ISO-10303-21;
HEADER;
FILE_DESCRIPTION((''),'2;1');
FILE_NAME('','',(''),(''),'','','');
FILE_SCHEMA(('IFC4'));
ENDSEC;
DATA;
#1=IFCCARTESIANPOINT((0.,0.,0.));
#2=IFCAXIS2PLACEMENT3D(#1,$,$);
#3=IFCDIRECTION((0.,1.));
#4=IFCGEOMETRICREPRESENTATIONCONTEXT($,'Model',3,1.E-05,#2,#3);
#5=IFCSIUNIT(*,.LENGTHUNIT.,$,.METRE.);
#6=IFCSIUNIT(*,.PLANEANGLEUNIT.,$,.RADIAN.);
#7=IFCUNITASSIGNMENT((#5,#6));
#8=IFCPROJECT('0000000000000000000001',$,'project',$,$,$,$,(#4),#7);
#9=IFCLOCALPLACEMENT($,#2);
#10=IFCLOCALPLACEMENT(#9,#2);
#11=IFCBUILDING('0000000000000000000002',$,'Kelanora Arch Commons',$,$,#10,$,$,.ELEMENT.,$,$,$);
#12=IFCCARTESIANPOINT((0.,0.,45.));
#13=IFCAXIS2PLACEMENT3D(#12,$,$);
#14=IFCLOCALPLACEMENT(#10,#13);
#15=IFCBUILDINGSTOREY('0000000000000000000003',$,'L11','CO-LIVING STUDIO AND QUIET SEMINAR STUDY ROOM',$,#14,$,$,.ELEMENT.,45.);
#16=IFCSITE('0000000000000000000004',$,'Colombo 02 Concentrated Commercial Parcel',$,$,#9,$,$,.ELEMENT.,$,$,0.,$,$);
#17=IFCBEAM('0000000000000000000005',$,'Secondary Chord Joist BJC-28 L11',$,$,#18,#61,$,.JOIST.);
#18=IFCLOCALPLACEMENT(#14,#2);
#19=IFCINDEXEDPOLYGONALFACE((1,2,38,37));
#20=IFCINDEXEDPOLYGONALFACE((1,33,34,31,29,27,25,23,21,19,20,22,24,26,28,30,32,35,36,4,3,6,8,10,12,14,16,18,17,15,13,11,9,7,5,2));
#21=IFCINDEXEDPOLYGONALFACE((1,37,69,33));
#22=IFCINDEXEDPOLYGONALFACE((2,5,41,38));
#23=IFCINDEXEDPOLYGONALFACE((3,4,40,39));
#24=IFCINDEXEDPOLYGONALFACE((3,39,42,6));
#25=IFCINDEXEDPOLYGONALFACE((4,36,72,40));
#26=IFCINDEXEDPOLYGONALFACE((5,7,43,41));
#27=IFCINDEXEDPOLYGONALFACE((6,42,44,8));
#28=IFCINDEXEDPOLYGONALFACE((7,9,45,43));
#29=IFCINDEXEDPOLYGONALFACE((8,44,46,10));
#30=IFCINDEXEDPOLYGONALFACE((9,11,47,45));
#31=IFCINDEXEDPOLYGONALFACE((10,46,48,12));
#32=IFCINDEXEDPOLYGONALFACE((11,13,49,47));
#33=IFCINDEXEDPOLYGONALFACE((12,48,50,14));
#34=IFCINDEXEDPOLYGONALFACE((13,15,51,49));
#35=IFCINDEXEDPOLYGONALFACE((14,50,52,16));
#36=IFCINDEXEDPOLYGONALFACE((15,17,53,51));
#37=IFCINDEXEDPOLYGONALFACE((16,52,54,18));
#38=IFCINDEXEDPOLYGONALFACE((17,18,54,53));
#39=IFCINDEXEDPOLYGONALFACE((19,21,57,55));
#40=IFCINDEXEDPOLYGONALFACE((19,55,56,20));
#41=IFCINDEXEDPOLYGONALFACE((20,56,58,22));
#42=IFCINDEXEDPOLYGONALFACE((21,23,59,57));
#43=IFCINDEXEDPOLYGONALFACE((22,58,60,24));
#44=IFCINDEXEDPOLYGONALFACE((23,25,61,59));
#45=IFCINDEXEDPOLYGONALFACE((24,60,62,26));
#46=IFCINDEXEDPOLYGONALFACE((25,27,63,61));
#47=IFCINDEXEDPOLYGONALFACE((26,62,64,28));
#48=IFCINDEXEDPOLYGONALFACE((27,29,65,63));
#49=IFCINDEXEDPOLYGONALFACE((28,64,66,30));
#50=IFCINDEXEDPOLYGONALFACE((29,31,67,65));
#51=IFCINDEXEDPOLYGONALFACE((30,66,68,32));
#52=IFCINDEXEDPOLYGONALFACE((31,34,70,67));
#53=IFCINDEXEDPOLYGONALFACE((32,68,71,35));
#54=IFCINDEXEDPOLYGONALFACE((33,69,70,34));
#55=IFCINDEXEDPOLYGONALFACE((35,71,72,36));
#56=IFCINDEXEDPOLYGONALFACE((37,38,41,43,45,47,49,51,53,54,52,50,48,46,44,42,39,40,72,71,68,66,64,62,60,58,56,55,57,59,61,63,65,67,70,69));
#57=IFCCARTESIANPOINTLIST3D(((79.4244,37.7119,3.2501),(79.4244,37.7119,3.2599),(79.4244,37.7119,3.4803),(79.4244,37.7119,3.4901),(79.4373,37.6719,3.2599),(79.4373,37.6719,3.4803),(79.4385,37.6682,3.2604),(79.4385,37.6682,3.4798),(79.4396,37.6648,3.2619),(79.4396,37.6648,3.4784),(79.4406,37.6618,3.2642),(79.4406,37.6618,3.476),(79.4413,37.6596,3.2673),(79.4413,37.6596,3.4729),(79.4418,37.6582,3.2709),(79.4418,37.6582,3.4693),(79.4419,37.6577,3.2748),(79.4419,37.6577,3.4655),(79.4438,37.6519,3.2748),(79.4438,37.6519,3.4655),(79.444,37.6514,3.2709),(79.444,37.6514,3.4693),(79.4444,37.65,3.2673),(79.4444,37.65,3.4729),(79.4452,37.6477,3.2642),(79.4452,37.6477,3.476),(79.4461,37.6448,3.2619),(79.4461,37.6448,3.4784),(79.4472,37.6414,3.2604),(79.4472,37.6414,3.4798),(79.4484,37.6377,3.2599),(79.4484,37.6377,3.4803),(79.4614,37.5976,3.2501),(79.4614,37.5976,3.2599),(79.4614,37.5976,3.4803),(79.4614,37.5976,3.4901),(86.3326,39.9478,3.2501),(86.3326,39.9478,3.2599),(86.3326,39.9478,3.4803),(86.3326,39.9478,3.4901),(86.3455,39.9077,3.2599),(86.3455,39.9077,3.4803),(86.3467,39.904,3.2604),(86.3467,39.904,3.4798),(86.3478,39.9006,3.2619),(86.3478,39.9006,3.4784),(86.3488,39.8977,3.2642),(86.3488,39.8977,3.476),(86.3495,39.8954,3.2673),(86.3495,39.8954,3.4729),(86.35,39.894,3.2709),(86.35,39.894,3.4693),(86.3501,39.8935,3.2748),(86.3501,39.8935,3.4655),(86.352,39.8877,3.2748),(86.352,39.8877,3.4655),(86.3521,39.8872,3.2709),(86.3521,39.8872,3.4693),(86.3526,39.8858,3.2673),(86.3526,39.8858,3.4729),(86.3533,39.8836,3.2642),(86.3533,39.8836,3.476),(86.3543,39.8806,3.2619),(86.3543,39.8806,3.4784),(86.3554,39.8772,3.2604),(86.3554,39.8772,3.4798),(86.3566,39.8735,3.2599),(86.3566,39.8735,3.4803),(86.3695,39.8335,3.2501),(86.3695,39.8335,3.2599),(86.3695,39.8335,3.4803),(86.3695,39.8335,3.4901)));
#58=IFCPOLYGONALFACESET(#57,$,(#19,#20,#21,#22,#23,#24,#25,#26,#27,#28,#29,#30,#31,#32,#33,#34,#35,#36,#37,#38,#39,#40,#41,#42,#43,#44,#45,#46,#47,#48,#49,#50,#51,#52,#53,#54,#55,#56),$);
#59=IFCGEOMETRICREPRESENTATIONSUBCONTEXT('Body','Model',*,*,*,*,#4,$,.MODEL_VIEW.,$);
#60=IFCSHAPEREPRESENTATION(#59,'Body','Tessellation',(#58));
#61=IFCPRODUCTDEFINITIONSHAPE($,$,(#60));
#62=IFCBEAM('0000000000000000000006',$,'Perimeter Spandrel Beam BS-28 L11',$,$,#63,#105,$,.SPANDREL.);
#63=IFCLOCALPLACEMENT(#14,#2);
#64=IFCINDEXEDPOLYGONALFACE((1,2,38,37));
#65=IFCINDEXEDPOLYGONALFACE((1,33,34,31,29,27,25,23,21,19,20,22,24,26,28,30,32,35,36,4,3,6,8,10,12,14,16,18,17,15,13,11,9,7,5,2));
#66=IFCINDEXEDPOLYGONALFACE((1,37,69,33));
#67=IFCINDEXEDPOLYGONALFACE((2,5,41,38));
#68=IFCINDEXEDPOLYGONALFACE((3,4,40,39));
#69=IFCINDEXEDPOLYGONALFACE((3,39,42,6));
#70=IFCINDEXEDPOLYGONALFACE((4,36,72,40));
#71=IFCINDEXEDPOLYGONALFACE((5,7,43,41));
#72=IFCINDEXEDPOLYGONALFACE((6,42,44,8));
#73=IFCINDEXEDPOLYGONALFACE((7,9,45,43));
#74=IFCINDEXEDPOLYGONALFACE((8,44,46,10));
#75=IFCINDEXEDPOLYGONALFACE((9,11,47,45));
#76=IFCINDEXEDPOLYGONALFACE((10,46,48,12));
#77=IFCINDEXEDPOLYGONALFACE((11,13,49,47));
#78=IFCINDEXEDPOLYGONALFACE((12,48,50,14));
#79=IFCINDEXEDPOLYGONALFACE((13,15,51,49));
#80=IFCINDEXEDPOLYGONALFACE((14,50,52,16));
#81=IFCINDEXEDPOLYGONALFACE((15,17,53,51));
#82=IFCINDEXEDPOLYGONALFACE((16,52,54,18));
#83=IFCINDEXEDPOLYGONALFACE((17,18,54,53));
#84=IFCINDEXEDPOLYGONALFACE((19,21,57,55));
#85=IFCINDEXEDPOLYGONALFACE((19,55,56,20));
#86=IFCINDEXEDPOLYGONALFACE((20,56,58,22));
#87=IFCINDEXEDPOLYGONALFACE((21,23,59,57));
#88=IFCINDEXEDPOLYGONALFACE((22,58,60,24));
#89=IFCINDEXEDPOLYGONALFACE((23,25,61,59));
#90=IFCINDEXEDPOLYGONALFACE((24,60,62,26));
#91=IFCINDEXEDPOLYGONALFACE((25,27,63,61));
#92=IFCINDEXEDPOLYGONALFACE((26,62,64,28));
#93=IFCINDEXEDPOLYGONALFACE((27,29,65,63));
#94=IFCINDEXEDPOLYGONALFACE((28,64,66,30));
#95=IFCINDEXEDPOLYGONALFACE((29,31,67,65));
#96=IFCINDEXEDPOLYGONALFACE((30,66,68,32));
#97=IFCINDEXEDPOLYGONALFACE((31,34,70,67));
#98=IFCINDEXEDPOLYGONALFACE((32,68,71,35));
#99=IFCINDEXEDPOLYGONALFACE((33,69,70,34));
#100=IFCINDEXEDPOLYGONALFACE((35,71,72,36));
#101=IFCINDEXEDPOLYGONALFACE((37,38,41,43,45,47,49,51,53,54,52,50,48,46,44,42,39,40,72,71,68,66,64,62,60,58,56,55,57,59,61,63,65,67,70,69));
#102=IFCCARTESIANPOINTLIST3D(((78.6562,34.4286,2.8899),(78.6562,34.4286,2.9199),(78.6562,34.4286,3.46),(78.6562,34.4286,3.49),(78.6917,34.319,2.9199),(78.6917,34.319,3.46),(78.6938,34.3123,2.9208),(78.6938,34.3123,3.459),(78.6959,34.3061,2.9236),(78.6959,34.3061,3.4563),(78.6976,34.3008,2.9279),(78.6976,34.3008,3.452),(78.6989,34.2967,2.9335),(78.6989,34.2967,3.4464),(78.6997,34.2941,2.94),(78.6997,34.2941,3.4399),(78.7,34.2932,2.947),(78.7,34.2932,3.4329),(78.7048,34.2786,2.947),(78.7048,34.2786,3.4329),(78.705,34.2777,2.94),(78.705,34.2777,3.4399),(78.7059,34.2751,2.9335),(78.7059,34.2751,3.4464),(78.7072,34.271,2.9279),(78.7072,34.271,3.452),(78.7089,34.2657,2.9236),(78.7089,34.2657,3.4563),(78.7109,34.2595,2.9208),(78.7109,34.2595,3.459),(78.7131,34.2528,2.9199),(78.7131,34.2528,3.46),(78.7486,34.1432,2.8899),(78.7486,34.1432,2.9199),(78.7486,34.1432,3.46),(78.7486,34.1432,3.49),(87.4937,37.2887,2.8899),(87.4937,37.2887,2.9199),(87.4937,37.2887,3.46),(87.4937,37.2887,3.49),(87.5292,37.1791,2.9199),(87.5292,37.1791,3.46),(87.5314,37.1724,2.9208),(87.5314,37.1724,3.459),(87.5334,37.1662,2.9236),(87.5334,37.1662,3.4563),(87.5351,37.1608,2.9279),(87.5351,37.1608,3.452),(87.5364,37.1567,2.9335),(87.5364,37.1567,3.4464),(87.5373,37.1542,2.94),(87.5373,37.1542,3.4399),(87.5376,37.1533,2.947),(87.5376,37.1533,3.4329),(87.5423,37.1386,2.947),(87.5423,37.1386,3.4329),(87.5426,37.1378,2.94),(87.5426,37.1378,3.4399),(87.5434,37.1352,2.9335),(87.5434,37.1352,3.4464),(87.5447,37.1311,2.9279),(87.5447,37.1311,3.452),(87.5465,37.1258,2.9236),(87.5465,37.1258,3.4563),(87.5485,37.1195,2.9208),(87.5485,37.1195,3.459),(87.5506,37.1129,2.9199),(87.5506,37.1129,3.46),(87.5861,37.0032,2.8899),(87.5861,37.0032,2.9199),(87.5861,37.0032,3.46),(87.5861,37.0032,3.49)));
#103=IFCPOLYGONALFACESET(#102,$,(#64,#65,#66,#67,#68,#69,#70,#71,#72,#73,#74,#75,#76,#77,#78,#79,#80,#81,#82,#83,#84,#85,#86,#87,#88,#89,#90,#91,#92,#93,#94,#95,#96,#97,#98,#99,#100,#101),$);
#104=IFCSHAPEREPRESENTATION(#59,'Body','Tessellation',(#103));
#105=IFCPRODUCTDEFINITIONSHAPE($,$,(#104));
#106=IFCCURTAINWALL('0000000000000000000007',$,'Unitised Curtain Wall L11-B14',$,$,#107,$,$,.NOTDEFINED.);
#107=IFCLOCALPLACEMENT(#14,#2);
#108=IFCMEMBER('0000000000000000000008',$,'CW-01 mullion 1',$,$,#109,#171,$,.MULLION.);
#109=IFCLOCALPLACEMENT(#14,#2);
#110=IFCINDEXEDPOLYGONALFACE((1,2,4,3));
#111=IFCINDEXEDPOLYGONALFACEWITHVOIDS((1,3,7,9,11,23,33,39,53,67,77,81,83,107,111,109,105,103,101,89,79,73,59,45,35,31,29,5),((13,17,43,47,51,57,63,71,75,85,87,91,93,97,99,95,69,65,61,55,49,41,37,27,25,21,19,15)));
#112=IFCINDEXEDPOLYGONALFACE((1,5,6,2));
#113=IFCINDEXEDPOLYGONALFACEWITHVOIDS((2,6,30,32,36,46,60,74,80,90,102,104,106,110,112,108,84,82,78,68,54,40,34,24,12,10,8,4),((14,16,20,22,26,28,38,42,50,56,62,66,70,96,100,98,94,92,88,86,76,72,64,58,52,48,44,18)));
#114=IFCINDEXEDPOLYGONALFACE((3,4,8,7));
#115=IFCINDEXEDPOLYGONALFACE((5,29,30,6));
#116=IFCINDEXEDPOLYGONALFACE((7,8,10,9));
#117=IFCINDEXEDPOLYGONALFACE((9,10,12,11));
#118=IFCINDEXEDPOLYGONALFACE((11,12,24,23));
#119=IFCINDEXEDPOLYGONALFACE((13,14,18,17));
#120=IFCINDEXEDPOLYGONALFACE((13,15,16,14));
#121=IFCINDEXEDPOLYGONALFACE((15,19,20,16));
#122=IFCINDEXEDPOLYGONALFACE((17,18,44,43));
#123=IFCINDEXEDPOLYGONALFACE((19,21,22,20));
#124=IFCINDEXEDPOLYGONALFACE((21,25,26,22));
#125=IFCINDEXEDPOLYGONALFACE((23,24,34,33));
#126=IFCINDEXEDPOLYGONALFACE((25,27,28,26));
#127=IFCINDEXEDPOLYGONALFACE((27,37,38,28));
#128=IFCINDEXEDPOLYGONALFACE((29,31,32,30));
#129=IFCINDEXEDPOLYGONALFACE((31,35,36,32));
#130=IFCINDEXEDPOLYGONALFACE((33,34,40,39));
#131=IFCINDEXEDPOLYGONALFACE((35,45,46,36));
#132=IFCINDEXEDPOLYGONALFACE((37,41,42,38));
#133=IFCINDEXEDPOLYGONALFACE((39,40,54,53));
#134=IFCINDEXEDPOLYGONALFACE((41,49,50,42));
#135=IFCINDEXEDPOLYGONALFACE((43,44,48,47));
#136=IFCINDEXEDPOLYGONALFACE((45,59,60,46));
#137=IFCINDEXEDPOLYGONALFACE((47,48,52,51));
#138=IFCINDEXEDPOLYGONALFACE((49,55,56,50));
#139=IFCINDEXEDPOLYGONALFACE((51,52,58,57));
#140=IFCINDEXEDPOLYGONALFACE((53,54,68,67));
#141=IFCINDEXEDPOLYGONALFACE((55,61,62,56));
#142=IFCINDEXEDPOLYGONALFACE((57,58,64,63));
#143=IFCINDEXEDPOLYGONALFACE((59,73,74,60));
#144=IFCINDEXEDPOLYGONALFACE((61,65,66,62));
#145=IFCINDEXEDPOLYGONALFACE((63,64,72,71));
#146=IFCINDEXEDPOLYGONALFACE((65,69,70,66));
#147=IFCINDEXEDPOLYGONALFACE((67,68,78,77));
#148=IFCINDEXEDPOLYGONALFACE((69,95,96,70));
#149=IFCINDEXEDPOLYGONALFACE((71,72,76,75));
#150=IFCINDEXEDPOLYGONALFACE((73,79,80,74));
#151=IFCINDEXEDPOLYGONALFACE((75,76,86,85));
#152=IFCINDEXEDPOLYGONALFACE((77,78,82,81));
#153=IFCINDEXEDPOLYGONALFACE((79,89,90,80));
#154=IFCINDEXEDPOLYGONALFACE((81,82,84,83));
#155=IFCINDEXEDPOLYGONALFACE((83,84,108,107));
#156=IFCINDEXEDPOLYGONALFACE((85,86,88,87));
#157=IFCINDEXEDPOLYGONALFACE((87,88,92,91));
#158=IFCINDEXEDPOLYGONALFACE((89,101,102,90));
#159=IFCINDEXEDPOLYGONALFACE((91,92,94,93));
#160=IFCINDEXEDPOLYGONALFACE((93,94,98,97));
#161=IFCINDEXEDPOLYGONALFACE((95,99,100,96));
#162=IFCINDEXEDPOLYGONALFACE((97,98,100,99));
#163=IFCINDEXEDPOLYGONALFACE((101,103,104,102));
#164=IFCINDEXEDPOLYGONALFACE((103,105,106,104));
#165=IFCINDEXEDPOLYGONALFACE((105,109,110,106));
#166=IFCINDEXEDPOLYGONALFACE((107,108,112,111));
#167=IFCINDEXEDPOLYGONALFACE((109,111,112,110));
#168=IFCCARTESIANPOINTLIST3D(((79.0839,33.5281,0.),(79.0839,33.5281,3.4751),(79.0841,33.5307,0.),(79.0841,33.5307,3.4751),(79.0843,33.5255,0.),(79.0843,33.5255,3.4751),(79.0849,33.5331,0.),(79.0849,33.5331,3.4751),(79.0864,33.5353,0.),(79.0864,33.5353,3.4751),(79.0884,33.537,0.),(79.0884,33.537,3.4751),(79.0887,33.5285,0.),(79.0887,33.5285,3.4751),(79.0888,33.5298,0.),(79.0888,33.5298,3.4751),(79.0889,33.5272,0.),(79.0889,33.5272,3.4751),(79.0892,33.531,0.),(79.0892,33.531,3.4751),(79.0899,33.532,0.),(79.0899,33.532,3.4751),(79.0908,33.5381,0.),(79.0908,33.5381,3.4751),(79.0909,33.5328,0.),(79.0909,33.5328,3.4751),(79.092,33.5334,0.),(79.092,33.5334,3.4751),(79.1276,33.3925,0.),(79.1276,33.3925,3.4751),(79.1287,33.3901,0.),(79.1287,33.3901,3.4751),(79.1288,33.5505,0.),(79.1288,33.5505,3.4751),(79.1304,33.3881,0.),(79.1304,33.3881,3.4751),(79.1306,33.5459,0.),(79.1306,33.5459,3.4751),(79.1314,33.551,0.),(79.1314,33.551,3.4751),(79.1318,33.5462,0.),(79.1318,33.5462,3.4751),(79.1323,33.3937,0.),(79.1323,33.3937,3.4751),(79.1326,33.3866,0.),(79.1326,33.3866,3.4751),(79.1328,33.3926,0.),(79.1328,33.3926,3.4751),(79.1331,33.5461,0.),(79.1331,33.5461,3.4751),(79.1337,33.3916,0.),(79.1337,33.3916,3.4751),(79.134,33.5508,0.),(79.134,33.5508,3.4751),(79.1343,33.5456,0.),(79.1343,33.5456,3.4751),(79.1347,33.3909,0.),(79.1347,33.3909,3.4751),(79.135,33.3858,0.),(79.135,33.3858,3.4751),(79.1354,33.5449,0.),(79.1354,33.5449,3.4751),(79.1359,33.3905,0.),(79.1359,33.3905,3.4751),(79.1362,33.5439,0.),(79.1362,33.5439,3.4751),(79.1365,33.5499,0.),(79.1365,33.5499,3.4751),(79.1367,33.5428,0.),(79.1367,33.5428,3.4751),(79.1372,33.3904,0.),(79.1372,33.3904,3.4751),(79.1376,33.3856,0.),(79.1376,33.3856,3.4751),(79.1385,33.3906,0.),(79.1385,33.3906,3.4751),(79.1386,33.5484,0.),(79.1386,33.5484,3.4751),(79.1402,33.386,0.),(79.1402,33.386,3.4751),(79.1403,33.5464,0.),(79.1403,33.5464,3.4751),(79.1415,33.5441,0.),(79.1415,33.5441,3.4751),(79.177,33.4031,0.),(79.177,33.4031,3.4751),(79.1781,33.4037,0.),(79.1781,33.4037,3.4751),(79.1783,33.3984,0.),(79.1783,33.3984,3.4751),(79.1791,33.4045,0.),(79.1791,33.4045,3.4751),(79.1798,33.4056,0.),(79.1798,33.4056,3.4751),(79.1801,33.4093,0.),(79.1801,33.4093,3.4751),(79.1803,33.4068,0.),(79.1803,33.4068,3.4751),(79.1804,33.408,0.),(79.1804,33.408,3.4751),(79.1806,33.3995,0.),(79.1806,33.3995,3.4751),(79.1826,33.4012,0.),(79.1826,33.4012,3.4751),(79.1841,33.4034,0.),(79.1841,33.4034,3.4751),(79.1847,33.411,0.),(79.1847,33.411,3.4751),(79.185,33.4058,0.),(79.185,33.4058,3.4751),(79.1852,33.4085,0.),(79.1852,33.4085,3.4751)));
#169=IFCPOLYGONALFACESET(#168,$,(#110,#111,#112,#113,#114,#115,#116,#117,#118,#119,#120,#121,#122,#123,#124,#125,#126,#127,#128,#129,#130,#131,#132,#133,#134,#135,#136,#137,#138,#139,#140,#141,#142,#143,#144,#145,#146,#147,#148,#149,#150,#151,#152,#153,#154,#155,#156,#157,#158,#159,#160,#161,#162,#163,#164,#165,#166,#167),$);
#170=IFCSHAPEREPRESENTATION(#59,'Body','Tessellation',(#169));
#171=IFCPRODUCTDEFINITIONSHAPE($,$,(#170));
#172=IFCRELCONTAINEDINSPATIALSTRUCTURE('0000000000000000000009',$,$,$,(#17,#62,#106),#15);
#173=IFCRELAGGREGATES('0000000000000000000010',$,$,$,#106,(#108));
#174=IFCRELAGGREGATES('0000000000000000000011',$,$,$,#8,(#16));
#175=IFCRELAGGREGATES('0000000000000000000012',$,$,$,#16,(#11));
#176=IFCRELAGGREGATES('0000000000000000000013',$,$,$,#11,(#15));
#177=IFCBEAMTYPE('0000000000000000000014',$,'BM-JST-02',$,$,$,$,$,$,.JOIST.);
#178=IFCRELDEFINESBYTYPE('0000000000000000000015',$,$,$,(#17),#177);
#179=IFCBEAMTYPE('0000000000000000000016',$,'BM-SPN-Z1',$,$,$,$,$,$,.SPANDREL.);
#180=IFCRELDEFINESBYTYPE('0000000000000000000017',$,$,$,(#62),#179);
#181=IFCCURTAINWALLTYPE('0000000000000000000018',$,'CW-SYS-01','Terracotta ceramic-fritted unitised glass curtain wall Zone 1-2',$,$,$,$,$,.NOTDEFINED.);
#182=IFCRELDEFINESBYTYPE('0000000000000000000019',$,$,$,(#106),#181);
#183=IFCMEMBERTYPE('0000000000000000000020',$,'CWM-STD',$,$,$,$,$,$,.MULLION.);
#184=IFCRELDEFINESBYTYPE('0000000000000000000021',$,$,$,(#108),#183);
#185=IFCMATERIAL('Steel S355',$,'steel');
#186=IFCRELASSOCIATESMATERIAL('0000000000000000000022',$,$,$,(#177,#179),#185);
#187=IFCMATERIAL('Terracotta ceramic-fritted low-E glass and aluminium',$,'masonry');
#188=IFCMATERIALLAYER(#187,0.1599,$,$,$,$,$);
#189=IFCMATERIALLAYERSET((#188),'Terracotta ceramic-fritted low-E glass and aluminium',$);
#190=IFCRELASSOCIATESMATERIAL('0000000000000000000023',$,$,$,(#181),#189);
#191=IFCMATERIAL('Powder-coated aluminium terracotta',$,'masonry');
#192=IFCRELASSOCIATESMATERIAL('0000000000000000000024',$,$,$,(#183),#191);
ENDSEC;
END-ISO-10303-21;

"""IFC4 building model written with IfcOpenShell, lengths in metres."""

from ifc_helpers import new_model, si_unit, direction, frame, origin, origin_2d, place, context, subcontext, project, spatial, hollow_rectangle, i_section, extrude, material, layer, layer_set, material_profile, profile_set, type_object, element, aggregate, save


model = new_model("IFC4")

# Units and contexts
model_context = context("Model", 3, precision=1e-05, world=origin(), true_north=direction((0.0, 1.0)))
body_context = subcontext(model_context, "Body", "Model", "MODEL_VIEW")
ifc_project = project(units=[si_unit("LENGTHUNIT", "METRE"), si_unit("PLANEANGLEUNIT", "RADIAN")], contexts=[model_context])

# Site, building, storey
site_placement = place(None, origin())
site = spatial("IfcSite", under=ifc_project, at=site_placement, Name="Colombo 02 Concentrated Commercial Parcel", CompositionType="ELEMENT", RefElevation=0.0)
building_placement = place(site_placement, origin())
building = spatial("IfcBuilding", under=site, at=building_placement, Name="Kelanora Arch Commons", CompositionType="ELEMENT")
storey_placement = place(building_placement, frame((0.0, 0.0, 45.0)))
storey = spatial("IfcBuildingStorey", under=building, at=storey_placement, Name="L11", Description="CO-LIVING STUDIO AND QUIET SEMINAR STUDY ROOM", CompositionType="ELEMENT", Elevation=45.0)

# Beams
ifc_material_1 = material(Name="Steel S355", Category="steel")
ifc_material_profile_1 = material_profile(ifc_material_1, i_section(OverallWidth=0.1201, OverallDepth=0.24, WebThickness=0.0061, FlangeThickness=0.0098, FilletRadius=0.0149, at=origin_2d()), Name="IPE240")
ifc_profile_set_1 = profile_set([ifc_material_profile_1], Name="Steel S355")
beam_type_1 = type_object("IfcBeamType", Name="BM-JST-02", PredefinedType="JOIST", material=ifc_profile_set_1)
beam_1_placement = place(storey_placement, frame((79.4429, 37.6548, 3.3701), z_axis=(0.951411, 0.307924, 0.0), x_axis=(-0.307924, 0.951411, 0.0)))
element("IfcBeam", 1, at=beam_1_placement, inside=storey, type_object=beam_type_1, Name="Secondary Chord Joist BJC-28 L11", PredefinedType="JOIST", context=body_context, shape_type="SweptSolid", body=[
    extrude(i_section(OverallWidth=0.1201, OverallDepth=0.24, WebThickness=0.0061, FlangeThickness=0.0098, FilletRadius=0.0149, at=origin_2d()), origin(), (0.0, 0.0, 1.0), 7.261),
])
ifc_material_profile_2 = material_profile(ifc_material_1, i_section(OverallWidth=0.3, OverallDepth=0.6001, WebThickness=0.0154, FlangeThickness=0.03, FilletRadius=0.0271, at=origin_2d()), Name="HEB600")
ifc_profile_set_2 = profile_set([ifc_material_profile_2], Name="Steel S355")
beam_type_2 = type_object("IfcBeamType", Name="BM-SPN-Z1", PredefinedType="SPANDREL", material=ifc_profile_set_2)
beam_2_placement = place(storey_placement, frame((78.7024, 34.2859, 3.1899), z_axis=(0.951417, 0.307905, 0.0), x_axis=(-0.307905, 0.951417, 0.0)))
element("IfcBeam", 2, at=beam_2_placement, inside=storey, type_object=beam_type_2, Name="Perimeter Spandrel Beam BS-28 L11", PredefinedType="SPANDREL", context=body_context, shape_type="SweptSolid", body=[
    extrude(i_section(OverallWidth=0.3, OverallDepth=0.6001, WebThickness=0.0154, FlangeThickness=0.03, FilletRadius=0.0271, at=origin_2d()), origin(), (0.0, 0.0, 1.0), 9.2888),
])

# Curtain wall, member
ifc_material_2 = material(Name="Terracotta ceramic-fritted low-E glass and aluminium", Category="masonry")
ifc_layer_1 = layer(ifc_material_2, 0.1599)
ifc_layer_set_1 = layer_set([ifc_layer_1], Name="Terracotta ceramic-fritted low-E glass and aluminium")
curtain_wall_type = type_object("IfcCurtainWallType", Name="CW-SYS-01", Description="Terracotta ceramic-fritted unitised glass curtain wall Zone 1-2", PredefinedType="NOTDEFINED", material=ifc_layer_set_1)
curtain_wall_placement = place(storey_placement, origin())
curtain_wall = element("IfcCurtainWall", 3, at=curtain_wall_placement, inside=storey, type_object=curtain_wall_type, Name="Unitised Curtain Wall L11-B14", PredefinedType="NOTDEFINED")
ifc_material_3 = material(Name="Powder-coated aluminium terracotta", Category="masonry")
ifc_material_profile_3 = material_profile(ifc_material_3, hollow_rectangle(XDim=0.1599, YDim=0.0601, WallThickness=0.0049, InnerFilletRadius=0.0049, OuterFilletRadius=0.01, at=origin_2d()), Name="CWM160x60")
ifc_profile_set_3 = profile_set([ifc_material_profile_3], Name="Powder-coated aluminium terracotta")
member_type_1 = type_object("IfcMemberType", Name="CWM-STD", PredefinedType="MULLION", material=ifc_profile_set_3)
member_1_placement = place(storey_placement, frame((79.1345, 33.4683, 0.0), z_axis=(0.0, 0.0, 1.0), x_axis=(-0.309058, 0.951043, 0.0)))
member_1 = element("IfcMember", 4, at=member_1_placement, type_object=member_type_1, Name="CW-01 mullion 1", PredefinedType="MULLION", context=body_context, shape_type="SweptSolid", body=[
    extrude(hollow_rectangle(XDim=0.1599, YDim=0.0601, WallThickness=0.0049, InnerFilletRadius=0.0049, OuterFilletRadius=0.01, at=origin_2d()), origin(), (0.0, 0.0, 1.0), 3.4751),
])
aggregate(curtain_wall, [member_1])

save(model, "model.ifc")
